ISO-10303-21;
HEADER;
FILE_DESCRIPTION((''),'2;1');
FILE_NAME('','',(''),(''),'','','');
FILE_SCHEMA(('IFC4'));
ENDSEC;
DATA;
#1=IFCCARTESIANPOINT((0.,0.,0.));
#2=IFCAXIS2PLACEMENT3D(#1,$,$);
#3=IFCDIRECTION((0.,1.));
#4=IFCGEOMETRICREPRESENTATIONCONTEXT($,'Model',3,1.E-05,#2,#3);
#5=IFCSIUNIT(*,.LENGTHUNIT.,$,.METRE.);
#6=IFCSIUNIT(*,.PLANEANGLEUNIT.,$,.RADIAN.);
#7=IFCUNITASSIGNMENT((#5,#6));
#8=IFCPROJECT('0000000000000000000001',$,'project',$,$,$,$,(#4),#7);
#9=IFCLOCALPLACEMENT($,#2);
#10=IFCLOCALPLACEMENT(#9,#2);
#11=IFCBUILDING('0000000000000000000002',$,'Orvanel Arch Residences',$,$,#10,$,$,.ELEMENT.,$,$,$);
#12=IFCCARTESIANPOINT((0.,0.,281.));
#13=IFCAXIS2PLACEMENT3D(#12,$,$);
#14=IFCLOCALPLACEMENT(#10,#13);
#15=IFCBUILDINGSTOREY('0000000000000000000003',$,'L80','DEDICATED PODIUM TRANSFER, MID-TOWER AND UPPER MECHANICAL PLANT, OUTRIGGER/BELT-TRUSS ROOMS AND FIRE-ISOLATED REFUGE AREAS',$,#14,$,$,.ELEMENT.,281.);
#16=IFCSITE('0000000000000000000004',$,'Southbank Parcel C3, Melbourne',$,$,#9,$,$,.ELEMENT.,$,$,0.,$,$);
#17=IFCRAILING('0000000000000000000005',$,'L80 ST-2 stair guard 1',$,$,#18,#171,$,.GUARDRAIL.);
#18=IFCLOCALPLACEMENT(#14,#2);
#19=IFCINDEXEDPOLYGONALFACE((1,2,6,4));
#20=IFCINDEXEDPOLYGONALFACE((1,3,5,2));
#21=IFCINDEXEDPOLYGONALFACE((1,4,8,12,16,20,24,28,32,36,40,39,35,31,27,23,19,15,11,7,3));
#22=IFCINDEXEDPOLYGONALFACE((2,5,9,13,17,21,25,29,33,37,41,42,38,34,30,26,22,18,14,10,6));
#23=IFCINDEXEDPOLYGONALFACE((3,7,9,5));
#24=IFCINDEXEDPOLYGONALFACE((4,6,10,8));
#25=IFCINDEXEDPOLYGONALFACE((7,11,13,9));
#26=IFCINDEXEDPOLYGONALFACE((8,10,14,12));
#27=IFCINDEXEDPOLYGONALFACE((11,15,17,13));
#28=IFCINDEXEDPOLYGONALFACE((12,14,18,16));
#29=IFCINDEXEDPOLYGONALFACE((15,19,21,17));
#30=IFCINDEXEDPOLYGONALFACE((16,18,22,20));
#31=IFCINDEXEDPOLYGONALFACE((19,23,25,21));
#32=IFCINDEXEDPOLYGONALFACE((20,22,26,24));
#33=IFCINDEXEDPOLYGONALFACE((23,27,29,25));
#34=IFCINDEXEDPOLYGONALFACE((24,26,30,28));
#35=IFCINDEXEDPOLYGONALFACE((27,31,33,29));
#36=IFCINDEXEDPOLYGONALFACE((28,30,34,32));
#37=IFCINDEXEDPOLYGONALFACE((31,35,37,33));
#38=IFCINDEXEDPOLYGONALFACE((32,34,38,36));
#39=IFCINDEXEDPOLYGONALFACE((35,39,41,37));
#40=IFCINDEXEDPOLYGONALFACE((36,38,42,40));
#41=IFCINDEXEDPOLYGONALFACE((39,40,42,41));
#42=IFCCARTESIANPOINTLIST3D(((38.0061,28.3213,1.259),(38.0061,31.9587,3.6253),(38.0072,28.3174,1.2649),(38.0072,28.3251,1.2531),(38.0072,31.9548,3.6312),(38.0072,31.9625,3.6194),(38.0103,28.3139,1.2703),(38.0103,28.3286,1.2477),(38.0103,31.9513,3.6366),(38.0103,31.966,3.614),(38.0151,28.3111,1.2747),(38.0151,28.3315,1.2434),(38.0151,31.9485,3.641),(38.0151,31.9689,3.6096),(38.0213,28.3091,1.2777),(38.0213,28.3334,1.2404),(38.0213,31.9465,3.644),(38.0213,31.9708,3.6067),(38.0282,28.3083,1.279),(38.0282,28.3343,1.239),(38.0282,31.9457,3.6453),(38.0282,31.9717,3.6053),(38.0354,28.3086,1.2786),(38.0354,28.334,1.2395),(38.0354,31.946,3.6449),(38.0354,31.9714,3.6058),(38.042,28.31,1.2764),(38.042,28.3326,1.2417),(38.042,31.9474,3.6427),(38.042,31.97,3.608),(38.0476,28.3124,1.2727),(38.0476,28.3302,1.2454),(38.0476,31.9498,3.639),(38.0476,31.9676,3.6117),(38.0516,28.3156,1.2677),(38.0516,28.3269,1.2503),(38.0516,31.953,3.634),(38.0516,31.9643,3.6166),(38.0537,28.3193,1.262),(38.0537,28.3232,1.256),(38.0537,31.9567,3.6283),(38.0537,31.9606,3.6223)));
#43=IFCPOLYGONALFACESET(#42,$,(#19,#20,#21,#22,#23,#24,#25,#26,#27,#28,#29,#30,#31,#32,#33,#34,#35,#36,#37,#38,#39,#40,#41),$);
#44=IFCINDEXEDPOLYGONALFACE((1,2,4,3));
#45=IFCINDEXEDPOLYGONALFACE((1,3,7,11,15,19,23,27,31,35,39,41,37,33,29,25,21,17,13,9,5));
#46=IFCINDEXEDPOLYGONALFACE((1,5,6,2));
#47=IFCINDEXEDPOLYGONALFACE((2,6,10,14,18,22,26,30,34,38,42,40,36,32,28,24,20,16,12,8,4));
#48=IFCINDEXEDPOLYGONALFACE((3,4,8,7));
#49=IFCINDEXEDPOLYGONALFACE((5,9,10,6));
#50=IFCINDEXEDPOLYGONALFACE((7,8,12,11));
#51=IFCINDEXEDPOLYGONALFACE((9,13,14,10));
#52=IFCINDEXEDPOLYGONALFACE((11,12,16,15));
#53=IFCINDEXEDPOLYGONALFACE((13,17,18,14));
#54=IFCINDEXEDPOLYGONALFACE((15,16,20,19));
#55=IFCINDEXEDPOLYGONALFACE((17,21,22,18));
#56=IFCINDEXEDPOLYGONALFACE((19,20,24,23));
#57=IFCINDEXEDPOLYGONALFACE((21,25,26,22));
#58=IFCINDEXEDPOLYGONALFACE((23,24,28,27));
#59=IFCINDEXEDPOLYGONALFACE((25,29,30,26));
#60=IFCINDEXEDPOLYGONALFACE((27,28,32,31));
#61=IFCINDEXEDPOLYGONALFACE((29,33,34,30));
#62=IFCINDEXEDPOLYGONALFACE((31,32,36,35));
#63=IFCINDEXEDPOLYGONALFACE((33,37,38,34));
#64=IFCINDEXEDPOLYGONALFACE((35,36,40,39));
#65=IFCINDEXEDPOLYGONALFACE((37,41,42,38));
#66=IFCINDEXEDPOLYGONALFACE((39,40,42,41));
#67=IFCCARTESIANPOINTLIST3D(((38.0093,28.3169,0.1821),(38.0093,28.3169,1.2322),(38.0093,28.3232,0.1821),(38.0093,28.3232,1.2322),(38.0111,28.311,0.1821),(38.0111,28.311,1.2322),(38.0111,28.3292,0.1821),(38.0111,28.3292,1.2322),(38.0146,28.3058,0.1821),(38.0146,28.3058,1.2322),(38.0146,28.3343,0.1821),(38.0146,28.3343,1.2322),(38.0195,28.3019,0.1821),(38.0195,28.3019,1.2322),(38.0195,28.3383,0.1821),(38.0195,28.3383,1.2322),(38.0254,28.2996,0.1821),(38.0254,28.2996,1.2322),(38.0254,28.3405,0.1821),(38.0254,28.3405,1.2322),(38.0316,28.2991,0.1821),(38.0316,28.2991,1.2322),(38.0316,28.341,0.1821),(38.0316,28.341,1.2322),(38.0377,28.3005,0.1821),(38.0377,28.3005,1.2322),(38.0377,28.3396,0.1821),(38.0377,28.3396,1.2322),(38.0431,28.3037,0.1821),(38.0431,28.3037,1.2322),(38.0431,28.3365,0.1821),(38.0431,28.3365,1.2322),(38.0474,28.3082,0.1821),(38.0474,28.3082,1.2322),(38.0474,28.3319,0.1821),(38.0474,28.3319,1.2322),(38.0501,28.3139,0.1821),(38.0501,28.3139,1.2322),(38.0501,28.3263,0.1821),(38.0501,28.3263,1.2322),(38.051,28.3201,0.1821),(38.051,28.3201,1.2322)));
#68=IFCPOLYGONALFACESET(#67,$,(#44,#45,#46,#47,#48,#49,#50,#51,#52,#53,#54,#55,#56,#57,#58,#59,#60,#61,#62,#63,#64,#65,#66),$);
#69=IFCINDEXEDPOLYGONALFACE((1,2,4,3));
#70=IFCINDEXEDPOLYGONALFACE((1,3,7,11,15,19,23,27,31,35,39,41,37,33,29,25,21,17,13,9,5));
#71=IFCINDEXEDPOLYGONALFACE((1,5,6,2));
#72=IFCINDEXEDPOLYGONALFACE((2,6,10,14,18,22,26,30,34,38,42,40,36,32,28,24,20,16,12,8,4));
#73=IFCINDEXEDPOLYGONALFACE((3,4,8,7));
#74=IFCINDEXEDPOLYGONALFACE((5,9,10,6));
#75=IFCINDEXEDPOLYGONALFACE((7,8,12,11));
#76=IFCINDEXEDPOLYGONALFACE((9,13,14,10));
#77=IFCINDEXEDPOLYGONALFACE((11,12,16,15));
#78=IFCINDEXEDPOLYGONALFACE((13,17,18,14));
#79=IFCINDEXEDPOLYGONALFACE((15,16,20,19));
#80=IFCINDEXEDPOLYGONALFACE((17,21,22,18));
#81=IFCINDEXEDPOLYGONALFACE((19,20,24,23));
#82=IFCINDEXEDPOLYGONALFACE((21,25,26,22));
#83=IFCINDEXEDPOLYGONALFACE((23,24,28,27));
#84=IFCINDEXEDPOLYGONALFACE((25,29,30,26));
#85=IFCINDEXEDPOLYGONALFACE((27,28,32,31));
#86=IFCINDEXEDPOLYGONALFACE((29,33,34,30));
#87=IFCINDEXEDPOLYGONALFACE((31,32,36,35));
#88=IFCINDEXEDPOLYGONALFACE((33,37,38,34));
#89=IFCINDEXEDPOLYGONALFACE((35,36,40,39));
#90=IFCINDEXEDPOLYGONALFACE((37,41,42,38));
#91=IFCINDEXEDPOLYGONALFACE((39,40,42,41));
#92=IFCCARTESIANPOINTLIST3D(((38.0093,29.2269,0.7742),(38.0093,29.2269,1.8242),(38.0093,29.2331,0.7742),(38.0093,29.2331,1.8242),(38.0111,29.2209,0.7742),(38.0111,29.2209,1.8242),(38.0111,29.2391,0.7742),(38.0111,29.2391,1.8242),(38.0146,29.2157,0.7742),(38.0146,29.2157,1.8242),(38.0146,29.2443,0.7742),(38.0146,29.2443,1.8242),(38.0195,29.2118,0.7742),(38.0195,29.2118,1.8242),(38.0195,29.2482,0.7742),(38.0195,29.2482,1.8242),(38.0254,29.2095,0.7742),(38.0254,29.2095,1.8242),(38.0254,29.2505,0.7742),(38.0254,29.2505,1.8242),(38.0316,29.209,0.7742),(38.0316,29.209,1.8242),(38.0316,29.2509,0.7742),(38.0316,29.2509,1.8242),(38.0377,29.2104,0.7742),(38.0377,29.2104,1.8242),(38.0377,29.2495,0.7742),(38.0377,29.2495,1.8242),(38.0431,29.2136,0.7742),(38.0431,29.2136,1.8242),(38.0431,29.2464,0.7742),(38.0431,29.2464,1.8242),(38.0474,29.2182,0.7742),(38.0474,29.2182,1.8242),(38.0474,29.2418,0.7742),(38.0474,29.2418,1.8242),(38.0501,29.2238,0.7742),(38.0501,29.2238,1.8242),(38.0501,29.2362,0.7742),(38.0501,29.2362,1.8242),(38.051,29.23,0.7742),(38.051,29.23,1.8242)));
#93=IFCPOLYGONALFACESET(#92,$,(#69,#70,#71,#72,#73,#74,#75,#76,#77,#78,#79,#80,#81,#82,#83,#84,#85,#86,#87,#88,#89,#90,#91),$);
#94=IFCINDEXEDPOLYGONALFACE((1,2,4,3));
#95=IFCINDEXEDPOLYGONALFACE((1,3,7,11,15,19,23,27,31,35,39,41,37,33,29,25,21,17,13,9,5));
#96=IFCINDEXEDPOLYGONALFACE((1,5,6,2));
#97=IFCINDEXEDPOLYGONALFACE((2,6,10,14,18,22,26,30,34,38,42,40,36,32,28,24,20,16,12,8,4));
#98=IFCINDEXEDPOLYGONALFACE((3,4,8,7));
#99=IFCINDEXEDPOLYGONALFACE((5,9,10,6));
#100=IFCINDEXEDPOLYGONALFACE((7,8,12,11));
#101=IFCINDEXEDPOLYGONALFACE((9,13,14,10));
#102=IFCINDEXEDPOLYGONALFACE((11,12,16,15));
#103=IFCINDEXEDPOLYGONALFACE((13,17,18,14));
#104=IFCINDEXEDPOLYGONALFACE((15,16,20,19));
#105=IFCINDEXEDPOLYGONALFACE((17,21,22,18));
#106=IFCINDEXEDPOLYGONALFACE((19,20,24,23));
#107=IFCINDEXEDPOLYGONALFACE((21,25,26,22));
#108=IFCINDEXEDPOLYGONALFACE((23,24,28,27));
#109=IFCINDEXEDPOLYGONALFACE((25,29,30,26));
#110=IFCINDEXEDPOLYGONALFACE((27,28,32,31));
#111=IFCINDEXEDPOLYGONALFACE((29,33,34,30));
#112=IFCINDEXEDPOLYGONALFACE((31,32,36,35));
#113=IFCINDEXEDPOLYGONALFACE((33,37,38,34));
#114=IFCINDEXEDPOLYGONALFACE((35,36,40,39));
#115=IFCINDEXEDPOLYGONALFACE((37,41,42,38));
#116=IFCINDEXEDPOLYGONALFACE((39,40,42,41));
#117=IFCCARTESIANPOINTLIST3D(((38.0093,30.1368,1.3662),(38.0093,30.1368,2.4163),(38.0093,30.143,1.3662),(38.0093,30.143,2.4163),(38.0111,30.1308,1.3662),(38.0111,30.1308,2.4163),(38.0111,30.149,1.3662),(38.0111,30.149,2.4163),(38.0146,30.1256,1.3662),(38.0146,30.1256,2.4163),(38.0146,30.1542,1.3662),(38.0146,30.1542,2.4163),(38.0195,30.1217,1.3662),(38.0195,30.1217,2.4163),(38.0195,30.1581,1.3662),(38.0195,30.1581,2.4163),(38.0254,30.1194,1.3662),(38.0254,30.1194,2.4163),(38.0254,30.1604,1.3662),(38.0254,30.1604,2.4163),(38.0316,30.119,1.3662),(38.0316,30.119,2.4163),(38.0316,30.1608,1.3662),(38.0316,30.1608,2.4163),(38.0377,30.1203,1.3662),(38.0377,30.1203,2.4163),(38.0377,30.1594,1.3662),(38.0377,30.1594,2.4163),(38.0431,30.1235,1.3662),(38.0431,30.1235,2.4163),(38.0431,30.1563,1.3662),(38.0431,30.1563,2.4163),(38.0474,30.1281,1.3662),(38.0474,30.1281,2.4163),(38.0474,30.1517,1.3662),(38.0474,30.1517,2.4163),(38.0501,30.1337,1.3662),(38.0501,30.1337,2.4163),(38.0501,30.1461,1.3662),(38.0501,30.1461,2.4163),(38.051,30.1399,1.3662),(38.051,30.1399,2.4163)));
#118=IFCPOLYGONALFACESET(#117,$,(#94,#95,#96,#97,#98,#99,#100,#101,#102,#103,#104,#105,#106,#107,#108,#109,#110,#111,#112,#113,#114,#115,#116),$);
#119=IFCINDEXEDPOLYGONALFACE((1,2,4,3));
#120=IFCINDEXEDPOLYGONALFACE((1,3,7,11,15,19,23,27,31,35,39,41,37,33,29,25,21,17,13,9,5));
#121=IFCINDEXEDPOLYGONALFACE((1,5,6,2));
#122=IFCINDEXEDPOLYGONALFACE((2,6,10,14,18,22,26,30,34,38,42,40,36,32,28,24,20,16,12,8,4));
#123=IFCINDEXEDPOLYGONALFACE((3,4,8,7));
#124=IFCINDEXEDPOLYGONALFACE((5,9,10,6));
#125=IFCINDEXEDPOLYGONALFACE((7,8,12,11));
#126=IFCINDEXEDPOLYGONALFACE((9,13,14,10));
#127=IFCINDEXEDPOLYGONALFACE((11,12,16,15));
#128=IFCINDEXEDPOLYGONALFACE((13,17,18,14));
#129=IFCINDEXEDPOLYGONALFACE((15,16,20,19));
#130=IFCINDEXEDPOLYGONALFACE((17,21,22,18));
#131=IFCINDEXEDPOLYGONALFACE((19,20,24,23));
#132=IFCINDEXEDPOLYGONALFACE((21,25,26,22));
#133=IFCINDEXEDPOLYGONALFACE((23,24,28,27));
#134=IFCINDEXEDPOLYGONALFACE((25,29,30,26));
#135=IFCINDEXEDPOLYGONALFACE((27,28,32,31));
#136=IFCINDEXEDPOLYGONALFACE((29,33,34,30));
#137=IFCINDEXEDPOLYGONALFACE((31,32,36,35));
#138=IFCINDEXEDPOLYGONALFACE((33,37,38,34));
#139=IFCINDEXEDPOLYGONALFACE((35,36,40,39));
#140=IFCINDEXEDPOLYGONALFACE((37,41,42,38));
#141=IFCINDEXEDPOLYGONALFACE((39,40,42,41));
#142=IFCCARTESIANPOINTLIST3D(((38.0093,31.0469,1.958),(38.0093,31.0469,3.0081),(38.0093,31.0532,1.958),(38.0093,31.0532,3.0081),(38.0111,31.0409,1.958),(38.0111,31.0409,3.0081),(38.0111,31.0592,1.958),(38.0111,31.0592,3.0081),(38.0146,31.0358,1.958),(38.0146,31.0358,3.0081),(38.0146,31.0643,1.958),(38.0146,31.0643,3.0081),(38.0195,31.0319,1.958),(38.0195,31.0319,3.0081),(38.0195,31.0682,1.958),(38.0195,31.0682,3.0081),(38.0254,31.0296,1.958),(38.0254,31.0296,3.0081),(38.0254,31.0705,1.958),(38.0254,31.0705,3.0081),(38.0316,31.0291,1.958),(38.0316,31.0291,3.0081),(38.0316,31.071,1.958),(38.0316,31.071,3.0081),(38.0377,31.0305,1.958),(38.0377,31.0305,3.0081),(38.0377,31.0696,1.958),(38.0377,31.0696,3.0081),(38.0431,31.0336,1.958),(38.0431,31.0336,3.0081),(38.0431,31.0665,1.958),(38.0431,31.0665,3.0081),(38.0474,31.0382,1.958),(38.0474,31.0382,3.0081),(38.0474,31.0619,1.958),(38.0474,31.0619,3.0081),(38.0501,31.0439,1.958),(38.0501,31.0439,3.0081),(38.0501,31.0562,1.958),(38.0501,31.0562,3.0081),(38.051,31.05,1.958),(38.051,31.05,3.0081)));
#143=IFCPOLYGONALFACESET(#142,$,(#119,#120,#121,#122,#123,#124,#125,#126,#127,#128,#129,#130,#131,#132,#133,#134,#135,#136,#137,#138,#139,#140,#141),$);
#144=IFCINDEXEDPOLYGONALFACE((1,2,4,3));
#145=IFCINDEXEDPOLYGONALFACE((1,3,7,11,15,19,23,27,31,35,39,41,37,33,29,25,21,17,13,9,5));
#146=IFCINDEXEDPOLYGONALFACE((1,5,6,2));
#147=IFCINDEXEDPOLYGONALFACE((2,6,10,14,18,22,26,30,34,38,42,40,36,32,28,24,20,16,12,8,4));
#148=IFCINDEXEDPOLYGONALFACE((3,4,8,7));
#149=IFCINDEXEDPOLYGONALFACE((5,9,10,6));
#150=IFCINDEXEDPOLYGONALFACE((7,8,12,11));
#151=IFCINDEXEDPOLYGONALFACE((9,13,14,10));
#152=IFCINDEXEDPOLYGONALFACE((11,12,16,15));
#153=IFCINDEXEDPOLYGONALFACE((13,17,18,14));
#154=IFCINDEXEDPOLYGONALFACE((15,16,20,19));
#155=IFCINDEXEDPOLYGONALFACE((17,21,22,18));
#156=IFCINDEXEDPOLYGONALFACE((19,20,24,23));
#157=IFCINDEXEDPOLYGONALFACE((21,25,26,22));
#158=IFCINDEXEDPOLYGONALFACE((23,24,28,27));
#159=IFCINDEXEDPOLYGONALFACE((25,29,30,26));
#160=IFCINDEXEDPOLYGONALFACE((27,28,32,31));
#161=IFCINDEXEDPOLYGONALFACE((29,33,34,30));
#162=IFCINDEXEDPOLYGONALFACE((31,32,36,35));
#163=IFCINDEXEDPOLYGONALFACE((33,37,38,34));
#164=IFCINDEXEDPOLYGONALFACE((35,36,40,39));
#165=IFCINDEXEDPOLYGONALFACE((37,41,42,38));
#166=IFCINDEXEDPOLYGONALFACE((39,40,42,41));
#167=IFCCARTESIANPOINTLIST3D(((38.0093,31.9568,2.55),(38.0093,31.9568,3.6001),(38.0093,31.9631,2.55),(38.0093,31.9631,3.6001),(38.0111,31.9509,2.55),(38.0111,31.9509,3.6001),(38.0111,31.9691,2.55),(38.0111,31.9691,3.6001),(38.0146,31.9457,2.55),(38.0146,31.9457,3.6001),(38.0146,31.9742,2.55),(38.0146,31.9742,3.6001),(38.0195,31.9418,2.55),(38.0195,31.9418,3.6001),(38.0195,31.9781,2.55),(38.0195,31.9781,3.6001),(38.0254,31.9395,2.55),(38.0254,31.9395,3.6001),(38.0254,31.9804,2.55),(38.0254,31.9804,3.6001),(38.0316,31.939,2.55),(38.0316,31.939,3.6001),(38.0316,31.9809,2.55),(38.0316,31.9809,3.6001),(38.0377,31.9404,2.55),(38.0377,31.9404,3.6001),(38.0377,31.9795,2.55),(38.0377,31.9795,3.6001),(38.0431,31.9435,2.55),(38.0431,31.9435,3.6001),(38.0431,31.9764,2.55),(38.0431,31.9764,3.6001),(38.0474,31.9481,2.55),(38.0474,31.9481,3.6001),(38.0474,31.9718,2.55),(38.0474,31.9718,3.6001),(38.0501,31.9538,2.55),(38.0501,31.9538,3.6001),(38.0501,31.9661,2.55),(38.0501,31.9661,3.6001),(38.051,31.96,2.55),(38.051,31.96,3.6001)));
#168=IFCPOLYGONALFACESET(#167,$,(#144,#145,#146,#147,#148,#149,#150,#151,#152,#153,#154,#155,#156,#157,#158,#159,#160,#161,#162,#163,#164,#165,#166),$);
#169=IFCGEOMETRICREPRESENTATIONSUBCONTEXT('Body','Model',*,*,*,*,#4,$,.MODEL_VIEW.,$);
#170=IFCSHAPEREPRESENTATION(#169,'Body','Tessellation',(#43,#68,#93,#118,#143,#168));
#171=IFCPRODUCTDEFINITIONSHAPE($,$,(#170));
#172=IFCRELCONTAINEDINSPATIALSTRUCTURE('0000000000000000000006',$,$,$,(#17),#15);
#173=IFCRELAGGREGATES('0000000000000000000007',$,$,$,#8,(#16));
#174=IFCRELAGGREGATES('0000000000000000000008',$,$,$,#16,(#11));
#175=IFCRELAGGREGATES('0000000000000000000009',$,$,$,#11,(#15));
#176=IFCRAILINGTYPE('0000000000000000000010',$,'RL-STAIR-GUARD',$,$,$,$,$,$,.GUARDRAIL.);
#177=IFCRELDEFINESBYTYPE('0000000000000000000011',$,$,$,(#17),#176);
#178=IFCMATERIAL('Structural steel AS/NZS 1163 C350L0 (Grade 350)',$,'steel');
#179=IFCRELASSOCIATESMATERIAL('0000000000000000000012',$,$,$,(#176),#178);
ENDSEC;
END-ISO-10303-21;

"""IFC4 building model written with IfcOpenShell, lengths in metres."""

from ifc_helpers import new_model, si_unit, direction, frame, origin, origin_2d, place, context, subcontext, project, spatial, circle, extrude, material, type_object, element, save


model = new_model("IFC4")

# Units and contexts
model_context = context("Model", 3, precision=1e-05, world=origin(), true_north=direction((0.0, 1.0)))
body_context = subcontext(model_context, "Body", "Model", "MODEL_VIEW")
ifc_project = project(units=[si_unit("LENGTHUNIT", "METRE"), si_unit("PLANEANGLEUNIT", "RADIAN")], contexts=[model_context])

# Site, building, storey
site_placement = place(None, origin())
site = spatial("IfcSite", under=ifc_project, at=site_placement, Name="Southbank Parcel C3, Melbourne", CompositionType="ELEMENT", RefElevation=0.0)
building_placement = place(site_placement, origin())
building = spatial("IfcBuilding", under=site, at=building_placement, Name="Orvanel Arch Residences", CompositionType="ELEMENT")
storey_placement = place(building_placement, frame((0.0, 0.0, 281.0)))
storey = spatial("IfcBuildingStorey", under=building, at=storey_placement, Name="L80", Description="DEDICATED PODIUM TRANSFER, MID-TOWER AND UPPER MECHANICAL PLANT, OUTRIGGER/BELT-TRUSS ROOMS AND FIRE-ISOLATED REFUGE AREAS", CompositionType="ELEMENT", Elevation=281.0)

# Shared definitions
ifc_material_1 = material(Name="Structural steel AS/NZS 1163 C350L0 (Grade 350)", Category="steel")

# Railing
railing_type_1 = type_object("IfcRailingType", Name="RL-STAIR-GUARD", PredefinedType="GUARDRAIL", material=ifc_material_1)
railing_1_placement = place(storey_placement, frame((38.03, 28.3201, 0.1821)))
element("IfcRailing", 1, at=railing_1_placement, inside=storey, type_object=railing_type_1, Name="L80 ST-2 stair guard 1", PredefinedType="GUARDRAIL", context=body_context, shape_type="SweptSolid", body=[
    extrude(circle(Radius=0.0239, at=origin_2d()), frame((0.0, 0.0012, 1.0769), z_axis=(0.0, 0.838234, 0.54531), x_axis=(-1.0, 0.0, 0.0)), (0.0, 0.0, 1.0), 4.3394),
    extrude(circle(Radius=0.021, at=origin_2d()), origin(), (0.0, 0.0, 1.0), 1.05),
    extrude(circle(Radius=0.021, at=origin_2d()), frame((0.0, 0.9099, 0.592)), (0.0, 0.0, 1.0), 1.05),
    extrude(circle(Radius=0.021, at=origin_2d()), frame((0.0, 1.8198, 1.1841)), (0.0, 0.0, 1.0), 1.05),
    extrude(circle(Radius=0.021, at=origin_2d()), frame((0.0, 2.73, 1.7759)), (0.0, 0.0, 1.0), 1.05),
    extrude(circle(Radius=0.021, at=origin_2d()), frame((0.0, 3.6399, 2.3679)), (0.0, 0.0, 1.0), 1.05),
])

save(model, "model.ifc")
